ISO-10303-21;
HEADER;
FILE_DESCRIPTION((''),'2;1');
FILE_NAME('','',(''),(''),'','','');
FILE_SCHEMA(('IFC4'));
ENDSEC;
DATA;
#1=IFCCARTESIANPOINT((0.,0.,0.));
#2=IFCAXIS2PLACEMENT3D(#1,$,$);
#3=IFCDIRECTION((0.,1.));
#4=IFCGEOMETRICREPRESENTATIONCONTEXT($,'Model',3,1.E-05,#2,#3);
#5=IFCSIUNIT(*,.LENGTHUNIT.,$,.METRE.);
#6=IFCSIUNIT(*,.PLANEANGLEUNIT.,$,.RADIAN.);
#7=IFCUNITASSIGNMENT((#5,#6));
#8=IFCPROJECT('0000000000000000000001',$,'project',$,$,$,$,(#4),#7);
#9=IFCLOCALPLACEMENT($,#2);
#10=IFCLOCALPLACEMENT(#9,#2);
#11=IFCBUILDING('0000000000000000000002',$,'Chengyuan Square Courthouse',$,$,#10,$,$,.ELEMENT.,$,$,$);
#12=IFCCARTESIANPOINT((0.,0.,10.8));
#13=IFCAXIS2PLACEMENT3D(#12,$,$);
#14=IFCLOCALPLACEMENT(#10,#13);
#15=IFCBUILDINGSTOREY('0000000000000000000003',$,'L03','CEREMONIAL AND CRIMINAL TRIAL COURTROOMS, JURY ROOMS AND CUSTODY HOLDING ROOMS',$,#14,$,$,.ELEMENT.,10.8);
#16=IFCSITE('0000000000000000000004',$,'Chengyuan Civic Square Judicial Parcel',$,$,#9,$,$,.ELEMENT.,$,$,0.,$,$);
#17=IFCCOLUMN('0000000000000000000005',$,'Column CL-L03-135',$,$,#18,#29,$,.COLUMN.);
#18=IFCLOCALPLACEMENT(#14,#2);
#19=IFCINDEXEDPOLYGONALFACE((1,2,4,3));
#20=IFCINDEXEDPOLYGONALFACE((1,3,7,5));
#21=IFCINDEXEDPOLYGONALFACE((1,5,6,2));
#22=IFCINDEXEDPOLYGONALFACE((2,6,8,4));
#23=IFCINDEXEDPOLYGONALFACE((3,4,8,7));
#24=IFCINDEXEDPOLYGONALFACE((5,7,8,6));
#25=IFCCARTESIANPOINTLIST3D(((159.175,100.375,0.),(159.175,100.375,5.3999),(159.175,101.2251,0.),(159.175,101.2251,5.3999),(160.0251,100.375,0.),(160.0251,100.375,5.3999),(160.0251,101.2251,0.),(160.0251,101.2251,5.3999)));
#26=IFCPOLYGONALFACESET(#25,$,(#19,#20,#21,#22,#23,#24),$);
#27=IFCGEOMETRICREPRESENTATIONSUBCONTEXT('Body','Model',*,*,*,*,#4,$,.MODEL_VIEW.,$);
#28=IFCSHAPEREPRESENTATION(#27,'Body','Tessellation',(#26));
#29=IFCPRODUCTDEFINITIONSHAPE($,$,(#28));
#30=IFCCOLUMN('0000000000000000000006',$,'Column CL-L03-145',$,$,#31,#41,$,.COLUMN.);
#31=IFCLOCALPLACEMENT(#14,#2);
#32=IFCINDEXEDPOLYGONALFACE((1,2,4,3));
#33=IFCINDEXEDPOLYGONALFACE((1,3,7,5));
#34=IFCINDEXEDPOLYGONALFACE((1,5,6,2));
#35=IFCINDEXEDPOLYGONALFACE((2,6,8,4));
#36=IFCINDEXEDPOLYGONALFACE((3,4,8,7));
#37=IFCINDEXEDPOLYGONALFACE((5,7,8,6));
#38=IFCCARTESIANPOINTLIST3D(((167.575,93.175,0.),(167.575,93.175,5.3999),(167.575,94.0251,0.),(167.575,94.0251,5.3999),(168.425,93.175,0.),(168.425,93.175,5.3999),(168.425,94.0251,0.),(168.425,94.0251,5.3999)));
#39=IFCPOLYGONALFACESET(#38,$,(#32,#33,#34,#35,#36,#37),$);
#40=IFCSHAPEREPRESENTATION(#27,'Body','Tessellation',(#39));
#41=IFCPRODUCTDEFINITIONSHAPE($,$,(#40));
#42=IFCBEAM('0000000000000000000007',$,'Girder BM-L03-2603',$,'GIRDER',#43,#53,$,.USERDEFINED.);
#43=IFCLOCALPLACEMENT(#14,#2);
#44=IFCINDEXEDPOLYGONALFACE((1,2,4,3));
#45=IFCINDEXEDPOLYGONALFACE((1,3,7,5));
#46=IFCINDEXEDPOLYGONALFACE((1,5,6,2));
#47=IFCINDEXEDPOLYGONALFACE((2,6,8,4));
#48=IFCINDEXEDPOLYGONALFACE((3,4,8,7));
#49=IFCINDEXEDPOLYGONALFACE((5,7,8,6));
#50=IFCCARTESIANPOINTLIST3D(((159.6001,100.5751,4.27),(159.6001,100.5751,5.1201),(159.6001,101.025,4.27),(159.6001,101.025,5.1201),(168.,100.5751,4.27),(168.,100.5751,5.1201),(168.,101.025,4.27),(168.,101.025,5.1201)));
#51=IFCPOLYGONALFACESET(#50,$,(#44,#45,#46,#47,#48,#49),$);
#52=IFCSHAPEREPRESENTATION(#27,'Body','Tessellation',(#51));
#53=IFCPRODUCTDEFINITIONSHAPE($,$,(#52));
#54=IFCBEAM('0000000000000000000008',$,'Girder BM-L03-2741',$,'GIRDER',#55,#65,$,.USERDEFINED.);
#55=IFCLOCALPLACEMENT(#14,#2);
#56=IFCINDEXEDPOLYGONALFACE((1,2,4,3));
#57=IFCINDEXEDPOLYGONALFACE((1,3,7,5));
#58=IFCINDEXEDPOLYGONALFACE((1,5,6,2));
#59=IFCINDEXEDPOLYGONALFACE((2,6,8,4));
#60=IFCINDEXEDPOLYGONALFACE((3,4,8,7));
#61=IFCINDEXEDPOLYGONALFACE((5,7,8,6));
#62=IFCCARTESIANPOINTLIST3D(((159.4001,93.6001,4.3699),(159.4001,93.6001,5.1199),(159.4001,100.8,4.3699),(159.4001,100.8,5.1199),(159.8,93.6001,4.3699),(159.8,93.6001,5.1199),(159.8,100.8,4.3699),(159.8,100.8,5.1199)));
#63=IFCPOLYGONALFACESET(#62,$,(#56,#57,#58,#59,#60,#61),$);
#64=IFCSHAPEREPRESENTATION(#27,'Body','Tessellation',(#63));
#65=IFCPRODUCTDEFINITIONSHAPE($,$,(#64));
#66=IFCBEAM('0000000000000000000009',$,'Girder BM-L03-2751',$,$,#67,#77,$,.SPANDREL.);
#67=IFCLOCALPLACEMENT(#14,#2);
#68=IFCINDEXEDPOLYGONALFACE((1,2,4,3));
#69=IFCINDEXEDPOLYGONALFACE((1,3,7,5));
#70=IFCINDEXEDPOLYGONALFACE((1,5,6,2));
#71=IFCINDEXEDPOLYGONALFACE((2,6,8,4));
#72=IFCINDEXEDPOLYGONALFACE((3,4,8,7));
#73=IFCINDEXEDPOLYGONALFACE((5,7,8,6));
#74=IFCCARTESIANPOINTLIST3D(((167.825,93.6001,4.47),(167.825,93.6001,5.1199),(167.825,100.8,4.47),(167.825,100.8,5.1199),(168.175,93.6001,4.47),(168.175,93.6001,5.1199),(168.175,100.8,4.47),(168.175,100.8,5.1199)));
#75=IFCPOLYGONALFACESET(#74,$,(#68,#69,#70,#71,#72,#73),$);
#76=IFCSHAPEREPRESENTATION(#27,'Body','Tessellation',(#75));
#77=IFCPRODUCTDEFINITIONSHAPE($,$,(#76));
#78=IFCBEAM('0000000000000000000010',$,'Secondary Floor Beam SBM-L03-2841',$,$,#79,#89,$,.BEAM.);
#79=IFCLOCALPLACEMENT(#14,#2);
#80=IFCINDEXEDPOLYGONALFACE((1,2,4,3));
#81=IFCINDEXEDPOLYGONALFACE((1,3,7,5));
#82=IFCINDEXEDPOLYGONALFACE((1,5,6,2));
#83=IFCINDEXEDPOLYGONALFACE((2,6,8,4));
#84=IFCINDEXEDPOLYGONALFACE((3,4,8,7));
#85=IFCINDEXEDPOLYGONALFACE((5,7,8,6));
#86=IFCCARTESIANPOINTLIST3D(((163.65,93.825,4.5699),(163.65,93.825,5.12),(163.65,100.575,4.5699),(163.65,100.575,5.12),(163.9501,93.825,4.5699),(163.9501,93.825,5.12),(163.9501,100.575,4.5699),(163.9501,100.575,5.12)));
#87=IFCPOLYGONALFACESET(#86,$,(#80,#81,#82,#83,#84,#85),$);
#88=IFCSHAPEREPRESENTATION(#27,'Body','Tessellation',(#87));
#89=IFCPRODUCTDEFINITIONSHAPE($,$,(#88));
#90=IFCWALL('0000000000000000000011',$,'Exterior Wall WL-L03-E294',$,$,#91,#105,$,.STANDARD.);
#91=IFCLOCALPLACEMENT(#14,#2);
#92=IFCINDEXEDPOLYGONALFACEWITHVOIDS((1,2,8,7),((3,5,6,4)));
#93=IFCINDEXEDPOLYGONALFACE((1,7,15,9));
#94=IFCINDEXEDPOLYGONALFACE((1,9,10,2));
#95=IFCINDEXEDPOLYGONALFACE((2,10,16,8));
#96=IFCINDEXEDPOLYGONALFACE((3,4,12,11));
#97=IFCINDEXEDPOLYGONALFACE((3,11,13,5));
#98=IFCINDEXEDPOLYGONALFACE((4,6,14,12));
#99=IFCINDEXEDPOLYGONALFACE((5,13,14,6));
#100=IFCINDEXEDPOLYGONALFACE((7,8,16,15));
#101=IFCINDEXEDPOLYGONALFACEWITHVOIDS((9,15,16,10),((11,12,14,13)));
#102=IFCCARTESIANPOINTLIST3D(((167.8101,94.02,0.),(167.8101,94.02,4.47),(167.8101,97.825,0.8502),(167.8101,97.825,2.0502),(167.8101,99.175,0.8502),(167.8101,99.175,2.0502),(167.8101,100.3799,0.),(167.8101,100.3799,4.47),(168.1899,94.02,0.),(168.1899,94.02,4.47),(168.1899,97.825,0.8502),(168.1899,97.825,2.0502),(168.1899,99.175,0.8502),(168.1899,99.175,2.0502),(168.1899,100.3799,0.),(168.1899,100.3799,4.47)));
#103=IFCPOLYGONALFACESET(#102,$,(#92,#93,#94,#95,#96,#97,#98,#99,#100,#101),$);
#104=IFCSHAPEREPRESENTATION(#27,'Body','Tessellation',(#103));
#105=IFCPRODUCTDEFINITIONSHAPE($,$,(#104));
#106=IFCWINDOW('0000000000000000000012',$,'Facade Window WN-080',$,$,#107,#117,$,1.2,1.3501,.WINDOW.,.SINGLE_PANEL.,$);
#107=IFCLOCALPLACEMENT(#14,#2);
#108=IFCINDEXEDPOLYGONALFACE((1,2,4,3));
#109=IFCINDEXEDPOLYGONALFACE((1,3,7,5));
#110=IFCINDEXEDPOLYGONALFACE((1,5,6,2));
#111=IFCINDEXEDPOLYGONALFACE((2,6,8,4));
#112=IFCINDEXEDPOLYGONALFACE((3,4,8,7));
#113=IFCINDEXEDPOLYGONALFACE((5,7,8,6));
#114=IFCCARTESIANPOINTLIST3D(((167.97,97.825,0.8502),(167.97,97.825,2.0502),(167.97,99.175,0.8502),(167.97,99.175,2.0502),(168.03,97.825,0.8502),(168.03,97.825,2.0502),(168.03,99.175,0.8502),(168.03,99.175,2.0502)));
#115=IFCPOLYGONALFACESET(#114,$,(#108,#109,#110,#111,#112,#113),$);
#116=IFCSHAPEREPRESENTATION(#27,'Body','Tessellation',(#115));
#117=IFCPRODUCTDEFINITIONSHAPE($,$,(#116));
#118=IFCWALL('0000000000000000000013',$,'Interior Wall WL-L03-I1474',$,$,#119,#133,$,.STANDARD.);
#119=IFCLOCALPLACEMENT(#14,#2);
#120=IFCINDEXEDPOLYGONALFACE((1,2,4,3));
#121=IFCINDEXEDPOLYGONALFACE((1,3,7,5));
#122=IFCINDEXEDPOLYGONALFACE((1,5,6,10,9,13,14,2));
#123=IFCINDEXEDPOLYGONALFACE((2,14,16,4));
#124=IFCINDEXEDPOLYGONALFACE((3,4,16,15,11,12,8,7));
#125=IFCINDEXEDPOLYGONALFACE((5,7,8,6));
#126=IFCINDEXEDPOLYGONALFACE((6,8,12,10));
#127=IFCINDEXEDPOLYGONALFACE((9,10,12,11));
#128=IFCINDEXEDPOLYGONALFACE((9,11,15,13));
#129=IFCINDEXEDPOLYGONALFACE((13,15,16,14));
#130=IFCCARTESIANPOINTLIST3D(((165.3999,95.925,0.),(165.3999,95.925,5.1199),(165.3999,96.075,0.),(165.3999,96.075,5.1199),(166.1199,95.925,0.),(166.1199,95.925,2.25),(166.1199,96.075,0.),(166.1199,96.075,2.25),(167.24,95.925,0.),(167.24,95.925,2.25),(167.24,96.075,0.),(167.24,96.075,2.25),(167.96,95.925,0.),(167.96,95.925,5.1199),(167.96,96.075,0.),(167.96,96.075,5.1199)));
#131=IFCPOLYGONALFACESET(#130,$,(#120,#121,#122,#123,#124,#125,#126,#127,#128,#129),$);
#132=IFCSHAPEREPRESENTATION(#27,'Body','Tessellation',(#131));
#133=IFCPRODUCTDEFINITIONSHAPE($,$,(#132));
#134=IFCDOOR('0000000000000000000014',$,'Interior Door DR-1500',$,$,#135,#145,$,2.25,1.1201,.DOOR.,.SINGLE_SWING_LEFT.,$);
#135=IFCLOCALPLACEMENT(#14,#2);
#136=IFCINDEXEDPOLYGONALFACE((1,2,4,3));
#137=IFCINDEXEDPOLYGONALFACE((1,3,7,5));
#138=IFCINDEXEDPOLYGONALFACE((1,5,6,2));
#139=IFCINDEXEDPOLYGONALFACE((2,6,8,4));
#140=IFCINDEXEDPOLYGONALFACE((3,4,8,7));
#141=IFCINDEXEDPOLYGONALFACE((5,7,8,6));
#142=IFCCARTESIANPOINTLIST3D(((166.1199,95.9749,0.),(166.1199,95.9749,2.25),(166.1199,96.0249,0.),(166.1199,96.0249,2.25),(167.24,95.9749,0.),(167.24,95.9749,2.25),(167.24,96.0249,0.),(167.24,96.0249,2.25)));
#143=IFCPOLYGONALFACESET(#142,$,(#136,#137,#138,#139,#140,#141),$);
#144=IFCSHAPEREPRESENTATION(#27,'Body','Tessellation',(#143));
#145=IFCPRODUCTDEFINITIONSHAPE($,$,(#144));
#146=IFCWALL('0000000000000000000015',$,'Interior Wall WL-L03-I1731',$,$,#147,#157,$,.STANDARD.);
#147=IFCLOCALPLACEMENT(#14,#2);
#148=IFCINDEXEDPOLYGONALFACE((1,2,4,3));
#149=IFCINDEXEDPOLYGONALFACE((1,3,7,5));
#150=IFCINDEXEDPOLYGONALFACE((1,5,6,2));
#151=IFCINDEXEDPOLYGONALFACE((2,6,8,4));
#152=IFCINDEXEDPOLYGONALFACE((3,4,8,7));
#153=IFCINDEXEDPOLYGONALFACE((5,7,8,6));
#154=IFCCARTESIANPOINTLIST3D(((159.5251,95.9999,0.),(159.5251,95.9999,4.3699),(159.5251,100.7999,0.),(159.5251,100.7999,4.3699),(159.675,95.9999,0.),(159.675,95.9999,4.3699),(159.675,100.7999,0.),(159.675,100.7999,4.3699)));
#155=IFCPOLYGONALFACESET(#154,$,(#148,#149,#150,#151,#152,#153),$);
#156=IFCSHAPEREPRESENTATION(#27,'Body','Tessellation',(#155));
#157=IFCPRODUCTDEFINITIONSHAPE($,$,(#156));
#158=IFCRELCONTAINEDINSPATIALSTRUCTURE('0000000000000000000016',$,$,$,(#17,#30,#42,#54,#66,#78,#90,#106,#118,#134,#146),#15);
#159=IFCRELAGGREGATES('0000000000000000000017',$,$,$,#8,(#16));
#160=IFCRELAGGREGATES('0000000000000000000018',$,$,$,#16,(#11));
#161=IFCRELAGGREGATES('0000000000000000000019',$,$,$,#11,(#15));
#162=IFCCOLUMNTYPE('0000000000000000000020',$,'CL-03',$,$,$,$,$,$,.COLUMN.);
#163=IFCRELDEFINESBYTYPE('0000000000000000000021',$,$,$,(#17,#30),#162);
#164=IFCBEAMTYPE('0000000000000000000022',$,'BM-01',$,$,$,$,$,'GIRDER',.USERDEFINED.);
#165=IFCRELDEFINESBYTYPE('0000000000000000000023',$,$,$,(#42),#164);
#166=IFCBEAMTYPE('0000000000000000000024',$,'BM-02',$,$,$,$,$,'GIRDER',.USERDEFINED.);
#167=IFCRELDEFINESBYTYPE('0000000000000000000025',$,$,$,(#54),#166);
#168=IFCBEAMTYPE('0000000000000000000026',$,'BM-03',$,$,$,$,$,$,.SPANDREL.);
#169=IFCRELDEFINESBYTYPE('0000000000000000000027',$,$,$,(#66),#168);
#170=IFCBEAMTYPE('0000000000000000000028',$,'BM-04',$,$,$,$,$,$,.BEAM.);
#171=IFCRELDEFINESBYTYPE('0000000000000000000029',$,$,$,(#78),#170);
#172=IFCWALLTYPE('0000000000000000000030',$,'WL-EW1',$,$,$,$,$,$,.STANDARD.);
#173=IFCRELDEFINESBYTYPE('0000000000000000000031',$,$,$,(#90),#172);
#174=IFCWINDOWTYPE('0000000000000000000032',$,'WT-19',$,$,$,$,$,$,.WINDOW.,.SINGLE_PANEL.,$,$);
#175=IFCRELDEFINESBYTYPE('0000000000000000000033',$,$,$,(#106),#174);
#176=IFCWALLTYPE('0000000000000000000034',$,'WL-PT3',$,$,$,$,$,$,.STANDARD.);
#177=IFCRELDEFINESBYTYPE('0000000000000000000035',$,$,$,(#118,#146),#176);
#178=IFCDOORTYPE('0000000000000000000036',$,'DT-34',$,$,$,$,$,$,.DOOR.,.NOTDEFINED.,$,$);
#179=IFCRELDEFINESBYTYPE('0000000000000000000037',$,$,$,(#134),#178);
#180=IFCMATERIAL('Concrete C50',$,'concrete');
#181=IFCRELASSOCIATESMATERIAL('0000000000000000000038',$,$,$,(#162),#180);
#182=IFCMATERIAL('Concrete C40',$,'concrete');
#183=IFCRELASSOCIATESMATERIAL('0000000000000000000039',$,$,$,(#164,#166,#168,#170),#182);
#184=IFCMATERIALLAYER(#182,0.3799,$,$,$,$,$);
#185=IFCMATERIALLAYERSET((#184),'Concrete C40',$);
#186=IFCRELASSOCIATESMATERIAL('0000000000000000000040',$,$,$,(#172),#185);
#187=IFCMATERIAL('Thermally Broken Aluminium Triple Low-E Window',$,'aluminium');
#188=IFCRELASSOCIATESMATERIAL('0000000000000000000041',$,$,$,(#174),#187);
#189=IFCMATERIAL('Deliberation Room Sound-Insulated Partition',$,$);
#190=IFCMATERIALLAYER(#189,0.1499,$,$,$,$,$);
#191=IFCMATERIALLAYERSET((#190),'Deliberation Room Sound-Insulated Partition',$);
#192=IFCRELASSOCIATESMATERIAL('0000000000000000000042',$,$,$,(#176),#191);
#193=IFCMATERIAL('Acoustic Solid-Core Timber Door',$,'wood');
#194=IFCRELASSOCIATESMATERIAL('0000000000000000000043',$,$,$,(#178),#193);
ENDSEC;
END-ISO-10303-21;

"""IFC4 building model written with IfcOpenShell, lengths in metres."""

from ifc_helpers import new_model, si_unit, direction, frame, frame_2d, origin, origin_2d, place, context, subcontext, project, spatial, rectangle, extrude, material, layer, layer_set, material_profile, profile_set, type_object, element, fill, save


model = new_model("IFC4")

# Units and contexts
model_context = context("Model", 3, precision=1e-05, world=origin(), true_north=direction((0.0, 1.0)))
body_context = subcontext(model_context, "Body", "Model", "MODEL_VIEW")
ifc_project = project(units=[si_unit("LENGTHUNIT", "METRE"), si_unit("PLANEANGLEUNIT", "RADIAN")], contexts=[model_context])

# Site, building, storey
site_placement = place(None, origin())
site = spatial("IfcSite", under=ifc_project, at=site_placement, Name="Chengyuan Civic Square Judicial Parcel", CompositionType="ELEMENT", RefElevation=0.0)
building_placement = place(site_placement, origin())
building = spatial("IfcBuilding", under=site, at=building_placement, Name="Chengyuan Square Courthouse", CompositionType="ELEMENT")
storey_placement = place(building_placement, frame((0.0, 0.0, 10.8)))
storey = spatial("IfcBuildingStorey", under=building, at=storey_placement, Name="L03", Description="CEREMONIAL AND CRIMINAL TRIAL COURTROOMS, JURY ROOMS AND CUSTODY HOLDING ROOMS", CompositionType="ELEMENT", Elevation=10.8)

# Columns
ifc_material_1 = material(Name="Concrete C50", Category="concrete")
ifc_material_profile_1 = material_profile(ifc_material_1, rectangle(XDim=0.8501, YDim=0.8501, at=origin_2d()), Name="RC-COL-850x850")
ifc_profile_set_1 = profile_set([ifc_material_profile_1], Name="Concrete C50")
column_type = type_object("IfcColumnType", Name="CL-03", PredefinedType="COLUMN", material=ifc_profile_set_1)
for number, where, z_axis, x_axis, name in (
    (1, (159.6001, 100.8, 0.0), (0.0, 0.0, 1.0), (1.0, 0.0, 0.0), "Column CL-L03-135"),
    (2, (168.0, 93.6001, 0.0), (0.0, 0.0, 1.0), (1.0, 0.0, 0.0), "Column CL-L03-145"),
):
    element("IfcColumn", number, at=place(storey_placement, frame(where, z_axis=z_axis, x_axis=x_axis)), inside=storey, type_object=column_type, Name=name, PredefinedType="COLUMN", context=body_context, shape_type="SweptSolid", body=[
        extrude(rectangle(XDim=0.8501, YDim=0.8501, at=origin_2d()), origin(), (0.0, 0.0, 1.0), 5.3999),
    ])

# Beams
ifc_material_2 = material(Name="Concrete C40", Category="concrete")
ifc_material_profile_2 = material_profile(ifc_material_2, rectangle(XDim=0.45, YDim=0.8501, at=origin_2d()), Name="RC-BM-450x850")
ifc_profile_set_2 = profile_set([ifc_material_profile_2], Name="Concrete C40")
beam_type_1 = type_object("IfcBeamType", Name="BM-01", ElementType="GIRDER", PredefinedType="USERDEFINED", material=ifc_profile_set_2)
beam_1_placement = place(storey_placement, frame((159.6001, 100.8, 4.6951), z_axis=(1.0, 0.0, 0.0), x_axis=(0.0, 1.0, 0.0)))
element("IfcBeam", 3, at=beam_1_placement, inside=storey, type_object=beam_type_1, Name="Girder BM-L03-2603", ObjectType="GIRDER", PredefinedType="USERDEFINED", context=body_context, shape_type="SweptSolid", body=[
    extrude(rectangle(XDim=0.45, YDim=0.8501, at=origin_2d()), origin(), (0.0, 0.0, 1.0), 8.3999),
])
ifc_material_profile_3 = material_profile(ifc_material_2, rectangle(XDim=0.3999, YDim=0.75, at=origin_2d()), Name="RC-BM-400x750")
ifc_profile_set_3 = profile_set([ifc_material_profile_3], Name="Concrete C40")
beam_type_2 = type_object("IfcBeamType", Name="BM-02", ElementType="GIRDER", PredefinedType="USERDEFINED", material=ifc_profile_set_3)
beam_2_placement = place(storey_placement, frame((159.6001, 93.6001, 4.7449), z_axis=(0.0, 1.0, 0.0), x_axis=(-1.0, 0.0, 0.0)))
element("IfcBeam", 4, at=beam_2_placement, inside=storey, type_object=beam_type_2, Name="Girder BM-L03-2741", ObjectType="GIRDER", PredefinedType="USERDEFINED", context=body_context, shape_type="SweptSolid", body=[
    extrude(rectangle(XDim=0.3999, YDim=0.75, at=origin_2d()), origin(), (0.0, 0.0, 1.0), 7.2),
])
ifc_material_profile_4 = material_profile(ifc_material_2, rectangle(XDim=0.3501, YDim=0.6499, at=origin_2d()), Name="RC-BM-350x650")
ifc_profile_set_4 = profile_set([ifc_material_profile_4], Name="Concrete C40")
beam_type_3 = type_object("IfcBeamType", Name="BM-03", PredefinedType="SPANDREL", material=ifc_profile_set_4)
beam_3_placement = place(storey_placement, frame((168.0, 93.6001, 4.7949), z_axis=(0.0, 1.0, 0.0), x_axis=(-1.0, 0.0, 0.0)))
element("IfcBeam", 5, at=beam_3_placement, inside=storey, type_object=beam_type_3, Name="Girder BM-L03-2751", PredefinedType="SPANDREL", context=body_context, shape_type="SweptSolid", body=[
    extrude(rectangle(XDim=0.3501, YDim=0.6499, at=origin_2d()), origin(), (0.0, 0.0, 1.0), 7.2),
])
ifc_material_profile_5 = material_profile(ifc_material_2, rectangle(XDim=0.3, YDim=0.55, at=origin_2d()), Name="RC-BM-300x550")
ifc_profile_set_5 = profile_set([ifc_material_profile_5], Name="Concrete C40")
beam_type_4 = type_object("IfcBeamType", Name="BM-04", PredefinedType="BEAM", material=ifc_profile_set_5)
beam_4_placement = place(storey_placement, frame((163.8, 93.825, 4.845), z_axis=(0.0, 1.0, 0.0), x_axis=(-1.0, 0.0, 0.0)))
element("IfcBeam", 6, at=beam_4_placement, inside=storey, type_object=beam_type_4, Name="Secondary Floor Beam SBM-L03-2841", PredefinedType="BEAM", context=body_context, shape_type="SweptSolid", body=[
    extrude(rectangle(XDim=0.3, YDim=0.55, at=origin_2d()), origin(), (0.0, 0.0, 1.0), 6.75),
])

# Wall, opening, window
ifc_layer_1 = layer(ifc_material_2, 0.3799)
ifc_layer_set_1 = layer_set([ifc_layer_1], Name="Concrete C40")
wall_type_1 = type_object("IfcWallType", Name="WL-EW1", PredefinedType="STANDARD", material=ifc_layer_set_1)
wall_1_placement = place(storey_placement, frame((168.0, 94.02, 0.0), z_axis=(0.0, 0.0, 1.0), x_axis=(0.0, 1.0, 0.0)))
wall_1 = element("IfcWall", 7, at=wall_1_placement, inside=storey, type_object=wall_type_1, Name="Exterior Wall WL-L03-E294", PredefinedType="STANDARD", context=body_context, shape_type="SweptSolid", body=[
    extrude(rectangle(XDim=6.3599, YDim=0.3799, at=frame_2d((3.1799, 0.0))), origin(), (0.0, 0.0, 1.0), 4.47),
])
opening_1_placement = place(wall_1_placement, frame((3.8049, 0.0, 0.8501)))
opening_1 = element("IfcOpeningElement", 8, at=opening_1_placement, cuts=wall_1, PredefinedType="OPENING", context=body_context, shape_type="SweptSolid", body=[
    extrude(rectangle(XDim=1.3501, YDim=1.2, at=frame_2d((0.675, 0.6001))), frame((0.0, 0.2019, 0.0), z_axis=(0.0, -1.0, 0.0), x_axis=(1.0, 0.0, 0.0)), (0.0, 0.0, 1.0), 0.4038),
])
ifc_material_3 = material(Name="Thermally Broken Aluminium Triple Low-E Window", Category="aluminium")
window_type = type_object("IfcWindowType", Name="WT-19", PartitioningType="SINGLE_PANEL", PredefinedType="WINDOW", material=ifc_material_3)
window_placement = place(opening_1_placement, origin())
window = element("IfcWindow", 9, at=window_placement, inside=storey, type_object=window_type, Name="Facade Window WN-080", OverallHeight=1.2, OverallWidth=1.3501, PartitioningType="SINGLE_PANEL", PredefinedType="WINDOW", context=body_context, shape_type="SweptSolid", body=[
    extrude(rectangle(XDim=1.3501, YDim=1.2, at=frame_2d((0.675, 0.6001))), frame((0.0, 0.03, 0.0), z_axis=(0.0, -1.0, 0.0), x_axis=(1.0, 0.0, 0.0)), (0.0, 0.0, 1.0), 0.0601),
])
fill(opening_1, window)

# Wall, opening, door
ifc_material_4 = material(Name="Deliberation Room Sound-Insulated Partition")
ifc_layer_2 = layer(ifc_material_4, 0.1499)
ifc_layer_set_2 = layer_set([ifc_layer_2], Name="Deliberation Room Sound-Insulated Partition")
wall_type_2 = type_object("IfcWallType", Name="WL-PT3", PredefinedType="STANDARD", material=ifc_layer_set_2)
wall_2_placement = place(storey_placement, frame((165.3999, 96.0, 0.0), z_axis=(0.0, 0.0, 1.0), x_axis=(1.0, 0.0, 0.0)))
wall_2 = element("IfcWall", 10, at=wall_2_placement, inside=storey, type_object=wall_type_2, Name="Interior Wall WL-L03-I1474", PredefinedType="STANDARD", context=body_context, shape_type="SweptSolid", body=[
    extrude(rectangle(XDim=2.5601, YDim=0.1499, at=frame_2d((1.28, 0.0))), origin(), (0.0, 0.0, 1.0), 5.1199),
])
opening_2_placement = place(wall_2_placement, frame((0.72, 0.0, 0.0)))
opening_2 = element("IfcOpeningElement", 11, at=opening_2_placement, cuts=wall_2, PredefinedType="OPENING", context=body_context, shape_type="SweptSolid", body=[
    extrude(rectangle(XDim=1.1201, YDim=2.25, at=frame_2d((0.5601, 1.125))), frame((0.0, 0.0869, 0.0), z_axis=(0.0, -1.0, 0.0), x_axis=(1.0, 0.0, 0.0)), (0.0, 0.0, 1.0), 0.1738),
])
ifc_material_5 = material(Name="Acoustic Solid-Core Timber Door", Category="wood")
door_type_1 = type_object("IfcDoorType", Name="DT-34", OperationType="NOTDEFINED", PredefinedType="DOOR", material=ifc_material_5)
door_1_placement = place(opening_2_placement, origin())
door_1 = element("IfcDoor", 12, at=door_1_placement, inside=storey, type_object=door_type_1, Name="Interior Door DR-1500", OperationType="SINGLE_SWING_LEFT", OverallHeight=2.25, OverallWidth=1.1201, PredefinedType="DOOR", context=body_context, shape_type="SweptSolid", body=[
    extrude(rectangle(XDim=1.1201, YDim=2.25, at=frame_2d((0.5601, 1.125))), frame((0.0, 0.0249, 0.0), z_axis=(0.0, -1.0, 0.0), x_axis=(1.0, 0.0, 0.0)), (0.0, 0.0, 1.0), 0.05),
])
fill(opening_2, door_1)

# Wall
wall_3_placement = place(storey_placement, frame((159.6001, 96.0, 0.0), z_axis=(0.0, 0.0, 1.0), x_axis=(0.0, 1.0, 0.0)))
element("IfcWall", 13, at=wall_3_placement, inside=storey, type_object=wall_type_2, Name="Interior Wall WL-L03-I1731", PredefinedType="STANDARD", context=body_context, shape_type="SweptSolid", body=[
    extrude(rectangle(XDim=4.8, YDim=0.1499, at=frame_2d((2.3999, 0.0))), origin(), (0.0, 0.0, 1.0), 4.3699),
])

save(model, "model.ifc")
